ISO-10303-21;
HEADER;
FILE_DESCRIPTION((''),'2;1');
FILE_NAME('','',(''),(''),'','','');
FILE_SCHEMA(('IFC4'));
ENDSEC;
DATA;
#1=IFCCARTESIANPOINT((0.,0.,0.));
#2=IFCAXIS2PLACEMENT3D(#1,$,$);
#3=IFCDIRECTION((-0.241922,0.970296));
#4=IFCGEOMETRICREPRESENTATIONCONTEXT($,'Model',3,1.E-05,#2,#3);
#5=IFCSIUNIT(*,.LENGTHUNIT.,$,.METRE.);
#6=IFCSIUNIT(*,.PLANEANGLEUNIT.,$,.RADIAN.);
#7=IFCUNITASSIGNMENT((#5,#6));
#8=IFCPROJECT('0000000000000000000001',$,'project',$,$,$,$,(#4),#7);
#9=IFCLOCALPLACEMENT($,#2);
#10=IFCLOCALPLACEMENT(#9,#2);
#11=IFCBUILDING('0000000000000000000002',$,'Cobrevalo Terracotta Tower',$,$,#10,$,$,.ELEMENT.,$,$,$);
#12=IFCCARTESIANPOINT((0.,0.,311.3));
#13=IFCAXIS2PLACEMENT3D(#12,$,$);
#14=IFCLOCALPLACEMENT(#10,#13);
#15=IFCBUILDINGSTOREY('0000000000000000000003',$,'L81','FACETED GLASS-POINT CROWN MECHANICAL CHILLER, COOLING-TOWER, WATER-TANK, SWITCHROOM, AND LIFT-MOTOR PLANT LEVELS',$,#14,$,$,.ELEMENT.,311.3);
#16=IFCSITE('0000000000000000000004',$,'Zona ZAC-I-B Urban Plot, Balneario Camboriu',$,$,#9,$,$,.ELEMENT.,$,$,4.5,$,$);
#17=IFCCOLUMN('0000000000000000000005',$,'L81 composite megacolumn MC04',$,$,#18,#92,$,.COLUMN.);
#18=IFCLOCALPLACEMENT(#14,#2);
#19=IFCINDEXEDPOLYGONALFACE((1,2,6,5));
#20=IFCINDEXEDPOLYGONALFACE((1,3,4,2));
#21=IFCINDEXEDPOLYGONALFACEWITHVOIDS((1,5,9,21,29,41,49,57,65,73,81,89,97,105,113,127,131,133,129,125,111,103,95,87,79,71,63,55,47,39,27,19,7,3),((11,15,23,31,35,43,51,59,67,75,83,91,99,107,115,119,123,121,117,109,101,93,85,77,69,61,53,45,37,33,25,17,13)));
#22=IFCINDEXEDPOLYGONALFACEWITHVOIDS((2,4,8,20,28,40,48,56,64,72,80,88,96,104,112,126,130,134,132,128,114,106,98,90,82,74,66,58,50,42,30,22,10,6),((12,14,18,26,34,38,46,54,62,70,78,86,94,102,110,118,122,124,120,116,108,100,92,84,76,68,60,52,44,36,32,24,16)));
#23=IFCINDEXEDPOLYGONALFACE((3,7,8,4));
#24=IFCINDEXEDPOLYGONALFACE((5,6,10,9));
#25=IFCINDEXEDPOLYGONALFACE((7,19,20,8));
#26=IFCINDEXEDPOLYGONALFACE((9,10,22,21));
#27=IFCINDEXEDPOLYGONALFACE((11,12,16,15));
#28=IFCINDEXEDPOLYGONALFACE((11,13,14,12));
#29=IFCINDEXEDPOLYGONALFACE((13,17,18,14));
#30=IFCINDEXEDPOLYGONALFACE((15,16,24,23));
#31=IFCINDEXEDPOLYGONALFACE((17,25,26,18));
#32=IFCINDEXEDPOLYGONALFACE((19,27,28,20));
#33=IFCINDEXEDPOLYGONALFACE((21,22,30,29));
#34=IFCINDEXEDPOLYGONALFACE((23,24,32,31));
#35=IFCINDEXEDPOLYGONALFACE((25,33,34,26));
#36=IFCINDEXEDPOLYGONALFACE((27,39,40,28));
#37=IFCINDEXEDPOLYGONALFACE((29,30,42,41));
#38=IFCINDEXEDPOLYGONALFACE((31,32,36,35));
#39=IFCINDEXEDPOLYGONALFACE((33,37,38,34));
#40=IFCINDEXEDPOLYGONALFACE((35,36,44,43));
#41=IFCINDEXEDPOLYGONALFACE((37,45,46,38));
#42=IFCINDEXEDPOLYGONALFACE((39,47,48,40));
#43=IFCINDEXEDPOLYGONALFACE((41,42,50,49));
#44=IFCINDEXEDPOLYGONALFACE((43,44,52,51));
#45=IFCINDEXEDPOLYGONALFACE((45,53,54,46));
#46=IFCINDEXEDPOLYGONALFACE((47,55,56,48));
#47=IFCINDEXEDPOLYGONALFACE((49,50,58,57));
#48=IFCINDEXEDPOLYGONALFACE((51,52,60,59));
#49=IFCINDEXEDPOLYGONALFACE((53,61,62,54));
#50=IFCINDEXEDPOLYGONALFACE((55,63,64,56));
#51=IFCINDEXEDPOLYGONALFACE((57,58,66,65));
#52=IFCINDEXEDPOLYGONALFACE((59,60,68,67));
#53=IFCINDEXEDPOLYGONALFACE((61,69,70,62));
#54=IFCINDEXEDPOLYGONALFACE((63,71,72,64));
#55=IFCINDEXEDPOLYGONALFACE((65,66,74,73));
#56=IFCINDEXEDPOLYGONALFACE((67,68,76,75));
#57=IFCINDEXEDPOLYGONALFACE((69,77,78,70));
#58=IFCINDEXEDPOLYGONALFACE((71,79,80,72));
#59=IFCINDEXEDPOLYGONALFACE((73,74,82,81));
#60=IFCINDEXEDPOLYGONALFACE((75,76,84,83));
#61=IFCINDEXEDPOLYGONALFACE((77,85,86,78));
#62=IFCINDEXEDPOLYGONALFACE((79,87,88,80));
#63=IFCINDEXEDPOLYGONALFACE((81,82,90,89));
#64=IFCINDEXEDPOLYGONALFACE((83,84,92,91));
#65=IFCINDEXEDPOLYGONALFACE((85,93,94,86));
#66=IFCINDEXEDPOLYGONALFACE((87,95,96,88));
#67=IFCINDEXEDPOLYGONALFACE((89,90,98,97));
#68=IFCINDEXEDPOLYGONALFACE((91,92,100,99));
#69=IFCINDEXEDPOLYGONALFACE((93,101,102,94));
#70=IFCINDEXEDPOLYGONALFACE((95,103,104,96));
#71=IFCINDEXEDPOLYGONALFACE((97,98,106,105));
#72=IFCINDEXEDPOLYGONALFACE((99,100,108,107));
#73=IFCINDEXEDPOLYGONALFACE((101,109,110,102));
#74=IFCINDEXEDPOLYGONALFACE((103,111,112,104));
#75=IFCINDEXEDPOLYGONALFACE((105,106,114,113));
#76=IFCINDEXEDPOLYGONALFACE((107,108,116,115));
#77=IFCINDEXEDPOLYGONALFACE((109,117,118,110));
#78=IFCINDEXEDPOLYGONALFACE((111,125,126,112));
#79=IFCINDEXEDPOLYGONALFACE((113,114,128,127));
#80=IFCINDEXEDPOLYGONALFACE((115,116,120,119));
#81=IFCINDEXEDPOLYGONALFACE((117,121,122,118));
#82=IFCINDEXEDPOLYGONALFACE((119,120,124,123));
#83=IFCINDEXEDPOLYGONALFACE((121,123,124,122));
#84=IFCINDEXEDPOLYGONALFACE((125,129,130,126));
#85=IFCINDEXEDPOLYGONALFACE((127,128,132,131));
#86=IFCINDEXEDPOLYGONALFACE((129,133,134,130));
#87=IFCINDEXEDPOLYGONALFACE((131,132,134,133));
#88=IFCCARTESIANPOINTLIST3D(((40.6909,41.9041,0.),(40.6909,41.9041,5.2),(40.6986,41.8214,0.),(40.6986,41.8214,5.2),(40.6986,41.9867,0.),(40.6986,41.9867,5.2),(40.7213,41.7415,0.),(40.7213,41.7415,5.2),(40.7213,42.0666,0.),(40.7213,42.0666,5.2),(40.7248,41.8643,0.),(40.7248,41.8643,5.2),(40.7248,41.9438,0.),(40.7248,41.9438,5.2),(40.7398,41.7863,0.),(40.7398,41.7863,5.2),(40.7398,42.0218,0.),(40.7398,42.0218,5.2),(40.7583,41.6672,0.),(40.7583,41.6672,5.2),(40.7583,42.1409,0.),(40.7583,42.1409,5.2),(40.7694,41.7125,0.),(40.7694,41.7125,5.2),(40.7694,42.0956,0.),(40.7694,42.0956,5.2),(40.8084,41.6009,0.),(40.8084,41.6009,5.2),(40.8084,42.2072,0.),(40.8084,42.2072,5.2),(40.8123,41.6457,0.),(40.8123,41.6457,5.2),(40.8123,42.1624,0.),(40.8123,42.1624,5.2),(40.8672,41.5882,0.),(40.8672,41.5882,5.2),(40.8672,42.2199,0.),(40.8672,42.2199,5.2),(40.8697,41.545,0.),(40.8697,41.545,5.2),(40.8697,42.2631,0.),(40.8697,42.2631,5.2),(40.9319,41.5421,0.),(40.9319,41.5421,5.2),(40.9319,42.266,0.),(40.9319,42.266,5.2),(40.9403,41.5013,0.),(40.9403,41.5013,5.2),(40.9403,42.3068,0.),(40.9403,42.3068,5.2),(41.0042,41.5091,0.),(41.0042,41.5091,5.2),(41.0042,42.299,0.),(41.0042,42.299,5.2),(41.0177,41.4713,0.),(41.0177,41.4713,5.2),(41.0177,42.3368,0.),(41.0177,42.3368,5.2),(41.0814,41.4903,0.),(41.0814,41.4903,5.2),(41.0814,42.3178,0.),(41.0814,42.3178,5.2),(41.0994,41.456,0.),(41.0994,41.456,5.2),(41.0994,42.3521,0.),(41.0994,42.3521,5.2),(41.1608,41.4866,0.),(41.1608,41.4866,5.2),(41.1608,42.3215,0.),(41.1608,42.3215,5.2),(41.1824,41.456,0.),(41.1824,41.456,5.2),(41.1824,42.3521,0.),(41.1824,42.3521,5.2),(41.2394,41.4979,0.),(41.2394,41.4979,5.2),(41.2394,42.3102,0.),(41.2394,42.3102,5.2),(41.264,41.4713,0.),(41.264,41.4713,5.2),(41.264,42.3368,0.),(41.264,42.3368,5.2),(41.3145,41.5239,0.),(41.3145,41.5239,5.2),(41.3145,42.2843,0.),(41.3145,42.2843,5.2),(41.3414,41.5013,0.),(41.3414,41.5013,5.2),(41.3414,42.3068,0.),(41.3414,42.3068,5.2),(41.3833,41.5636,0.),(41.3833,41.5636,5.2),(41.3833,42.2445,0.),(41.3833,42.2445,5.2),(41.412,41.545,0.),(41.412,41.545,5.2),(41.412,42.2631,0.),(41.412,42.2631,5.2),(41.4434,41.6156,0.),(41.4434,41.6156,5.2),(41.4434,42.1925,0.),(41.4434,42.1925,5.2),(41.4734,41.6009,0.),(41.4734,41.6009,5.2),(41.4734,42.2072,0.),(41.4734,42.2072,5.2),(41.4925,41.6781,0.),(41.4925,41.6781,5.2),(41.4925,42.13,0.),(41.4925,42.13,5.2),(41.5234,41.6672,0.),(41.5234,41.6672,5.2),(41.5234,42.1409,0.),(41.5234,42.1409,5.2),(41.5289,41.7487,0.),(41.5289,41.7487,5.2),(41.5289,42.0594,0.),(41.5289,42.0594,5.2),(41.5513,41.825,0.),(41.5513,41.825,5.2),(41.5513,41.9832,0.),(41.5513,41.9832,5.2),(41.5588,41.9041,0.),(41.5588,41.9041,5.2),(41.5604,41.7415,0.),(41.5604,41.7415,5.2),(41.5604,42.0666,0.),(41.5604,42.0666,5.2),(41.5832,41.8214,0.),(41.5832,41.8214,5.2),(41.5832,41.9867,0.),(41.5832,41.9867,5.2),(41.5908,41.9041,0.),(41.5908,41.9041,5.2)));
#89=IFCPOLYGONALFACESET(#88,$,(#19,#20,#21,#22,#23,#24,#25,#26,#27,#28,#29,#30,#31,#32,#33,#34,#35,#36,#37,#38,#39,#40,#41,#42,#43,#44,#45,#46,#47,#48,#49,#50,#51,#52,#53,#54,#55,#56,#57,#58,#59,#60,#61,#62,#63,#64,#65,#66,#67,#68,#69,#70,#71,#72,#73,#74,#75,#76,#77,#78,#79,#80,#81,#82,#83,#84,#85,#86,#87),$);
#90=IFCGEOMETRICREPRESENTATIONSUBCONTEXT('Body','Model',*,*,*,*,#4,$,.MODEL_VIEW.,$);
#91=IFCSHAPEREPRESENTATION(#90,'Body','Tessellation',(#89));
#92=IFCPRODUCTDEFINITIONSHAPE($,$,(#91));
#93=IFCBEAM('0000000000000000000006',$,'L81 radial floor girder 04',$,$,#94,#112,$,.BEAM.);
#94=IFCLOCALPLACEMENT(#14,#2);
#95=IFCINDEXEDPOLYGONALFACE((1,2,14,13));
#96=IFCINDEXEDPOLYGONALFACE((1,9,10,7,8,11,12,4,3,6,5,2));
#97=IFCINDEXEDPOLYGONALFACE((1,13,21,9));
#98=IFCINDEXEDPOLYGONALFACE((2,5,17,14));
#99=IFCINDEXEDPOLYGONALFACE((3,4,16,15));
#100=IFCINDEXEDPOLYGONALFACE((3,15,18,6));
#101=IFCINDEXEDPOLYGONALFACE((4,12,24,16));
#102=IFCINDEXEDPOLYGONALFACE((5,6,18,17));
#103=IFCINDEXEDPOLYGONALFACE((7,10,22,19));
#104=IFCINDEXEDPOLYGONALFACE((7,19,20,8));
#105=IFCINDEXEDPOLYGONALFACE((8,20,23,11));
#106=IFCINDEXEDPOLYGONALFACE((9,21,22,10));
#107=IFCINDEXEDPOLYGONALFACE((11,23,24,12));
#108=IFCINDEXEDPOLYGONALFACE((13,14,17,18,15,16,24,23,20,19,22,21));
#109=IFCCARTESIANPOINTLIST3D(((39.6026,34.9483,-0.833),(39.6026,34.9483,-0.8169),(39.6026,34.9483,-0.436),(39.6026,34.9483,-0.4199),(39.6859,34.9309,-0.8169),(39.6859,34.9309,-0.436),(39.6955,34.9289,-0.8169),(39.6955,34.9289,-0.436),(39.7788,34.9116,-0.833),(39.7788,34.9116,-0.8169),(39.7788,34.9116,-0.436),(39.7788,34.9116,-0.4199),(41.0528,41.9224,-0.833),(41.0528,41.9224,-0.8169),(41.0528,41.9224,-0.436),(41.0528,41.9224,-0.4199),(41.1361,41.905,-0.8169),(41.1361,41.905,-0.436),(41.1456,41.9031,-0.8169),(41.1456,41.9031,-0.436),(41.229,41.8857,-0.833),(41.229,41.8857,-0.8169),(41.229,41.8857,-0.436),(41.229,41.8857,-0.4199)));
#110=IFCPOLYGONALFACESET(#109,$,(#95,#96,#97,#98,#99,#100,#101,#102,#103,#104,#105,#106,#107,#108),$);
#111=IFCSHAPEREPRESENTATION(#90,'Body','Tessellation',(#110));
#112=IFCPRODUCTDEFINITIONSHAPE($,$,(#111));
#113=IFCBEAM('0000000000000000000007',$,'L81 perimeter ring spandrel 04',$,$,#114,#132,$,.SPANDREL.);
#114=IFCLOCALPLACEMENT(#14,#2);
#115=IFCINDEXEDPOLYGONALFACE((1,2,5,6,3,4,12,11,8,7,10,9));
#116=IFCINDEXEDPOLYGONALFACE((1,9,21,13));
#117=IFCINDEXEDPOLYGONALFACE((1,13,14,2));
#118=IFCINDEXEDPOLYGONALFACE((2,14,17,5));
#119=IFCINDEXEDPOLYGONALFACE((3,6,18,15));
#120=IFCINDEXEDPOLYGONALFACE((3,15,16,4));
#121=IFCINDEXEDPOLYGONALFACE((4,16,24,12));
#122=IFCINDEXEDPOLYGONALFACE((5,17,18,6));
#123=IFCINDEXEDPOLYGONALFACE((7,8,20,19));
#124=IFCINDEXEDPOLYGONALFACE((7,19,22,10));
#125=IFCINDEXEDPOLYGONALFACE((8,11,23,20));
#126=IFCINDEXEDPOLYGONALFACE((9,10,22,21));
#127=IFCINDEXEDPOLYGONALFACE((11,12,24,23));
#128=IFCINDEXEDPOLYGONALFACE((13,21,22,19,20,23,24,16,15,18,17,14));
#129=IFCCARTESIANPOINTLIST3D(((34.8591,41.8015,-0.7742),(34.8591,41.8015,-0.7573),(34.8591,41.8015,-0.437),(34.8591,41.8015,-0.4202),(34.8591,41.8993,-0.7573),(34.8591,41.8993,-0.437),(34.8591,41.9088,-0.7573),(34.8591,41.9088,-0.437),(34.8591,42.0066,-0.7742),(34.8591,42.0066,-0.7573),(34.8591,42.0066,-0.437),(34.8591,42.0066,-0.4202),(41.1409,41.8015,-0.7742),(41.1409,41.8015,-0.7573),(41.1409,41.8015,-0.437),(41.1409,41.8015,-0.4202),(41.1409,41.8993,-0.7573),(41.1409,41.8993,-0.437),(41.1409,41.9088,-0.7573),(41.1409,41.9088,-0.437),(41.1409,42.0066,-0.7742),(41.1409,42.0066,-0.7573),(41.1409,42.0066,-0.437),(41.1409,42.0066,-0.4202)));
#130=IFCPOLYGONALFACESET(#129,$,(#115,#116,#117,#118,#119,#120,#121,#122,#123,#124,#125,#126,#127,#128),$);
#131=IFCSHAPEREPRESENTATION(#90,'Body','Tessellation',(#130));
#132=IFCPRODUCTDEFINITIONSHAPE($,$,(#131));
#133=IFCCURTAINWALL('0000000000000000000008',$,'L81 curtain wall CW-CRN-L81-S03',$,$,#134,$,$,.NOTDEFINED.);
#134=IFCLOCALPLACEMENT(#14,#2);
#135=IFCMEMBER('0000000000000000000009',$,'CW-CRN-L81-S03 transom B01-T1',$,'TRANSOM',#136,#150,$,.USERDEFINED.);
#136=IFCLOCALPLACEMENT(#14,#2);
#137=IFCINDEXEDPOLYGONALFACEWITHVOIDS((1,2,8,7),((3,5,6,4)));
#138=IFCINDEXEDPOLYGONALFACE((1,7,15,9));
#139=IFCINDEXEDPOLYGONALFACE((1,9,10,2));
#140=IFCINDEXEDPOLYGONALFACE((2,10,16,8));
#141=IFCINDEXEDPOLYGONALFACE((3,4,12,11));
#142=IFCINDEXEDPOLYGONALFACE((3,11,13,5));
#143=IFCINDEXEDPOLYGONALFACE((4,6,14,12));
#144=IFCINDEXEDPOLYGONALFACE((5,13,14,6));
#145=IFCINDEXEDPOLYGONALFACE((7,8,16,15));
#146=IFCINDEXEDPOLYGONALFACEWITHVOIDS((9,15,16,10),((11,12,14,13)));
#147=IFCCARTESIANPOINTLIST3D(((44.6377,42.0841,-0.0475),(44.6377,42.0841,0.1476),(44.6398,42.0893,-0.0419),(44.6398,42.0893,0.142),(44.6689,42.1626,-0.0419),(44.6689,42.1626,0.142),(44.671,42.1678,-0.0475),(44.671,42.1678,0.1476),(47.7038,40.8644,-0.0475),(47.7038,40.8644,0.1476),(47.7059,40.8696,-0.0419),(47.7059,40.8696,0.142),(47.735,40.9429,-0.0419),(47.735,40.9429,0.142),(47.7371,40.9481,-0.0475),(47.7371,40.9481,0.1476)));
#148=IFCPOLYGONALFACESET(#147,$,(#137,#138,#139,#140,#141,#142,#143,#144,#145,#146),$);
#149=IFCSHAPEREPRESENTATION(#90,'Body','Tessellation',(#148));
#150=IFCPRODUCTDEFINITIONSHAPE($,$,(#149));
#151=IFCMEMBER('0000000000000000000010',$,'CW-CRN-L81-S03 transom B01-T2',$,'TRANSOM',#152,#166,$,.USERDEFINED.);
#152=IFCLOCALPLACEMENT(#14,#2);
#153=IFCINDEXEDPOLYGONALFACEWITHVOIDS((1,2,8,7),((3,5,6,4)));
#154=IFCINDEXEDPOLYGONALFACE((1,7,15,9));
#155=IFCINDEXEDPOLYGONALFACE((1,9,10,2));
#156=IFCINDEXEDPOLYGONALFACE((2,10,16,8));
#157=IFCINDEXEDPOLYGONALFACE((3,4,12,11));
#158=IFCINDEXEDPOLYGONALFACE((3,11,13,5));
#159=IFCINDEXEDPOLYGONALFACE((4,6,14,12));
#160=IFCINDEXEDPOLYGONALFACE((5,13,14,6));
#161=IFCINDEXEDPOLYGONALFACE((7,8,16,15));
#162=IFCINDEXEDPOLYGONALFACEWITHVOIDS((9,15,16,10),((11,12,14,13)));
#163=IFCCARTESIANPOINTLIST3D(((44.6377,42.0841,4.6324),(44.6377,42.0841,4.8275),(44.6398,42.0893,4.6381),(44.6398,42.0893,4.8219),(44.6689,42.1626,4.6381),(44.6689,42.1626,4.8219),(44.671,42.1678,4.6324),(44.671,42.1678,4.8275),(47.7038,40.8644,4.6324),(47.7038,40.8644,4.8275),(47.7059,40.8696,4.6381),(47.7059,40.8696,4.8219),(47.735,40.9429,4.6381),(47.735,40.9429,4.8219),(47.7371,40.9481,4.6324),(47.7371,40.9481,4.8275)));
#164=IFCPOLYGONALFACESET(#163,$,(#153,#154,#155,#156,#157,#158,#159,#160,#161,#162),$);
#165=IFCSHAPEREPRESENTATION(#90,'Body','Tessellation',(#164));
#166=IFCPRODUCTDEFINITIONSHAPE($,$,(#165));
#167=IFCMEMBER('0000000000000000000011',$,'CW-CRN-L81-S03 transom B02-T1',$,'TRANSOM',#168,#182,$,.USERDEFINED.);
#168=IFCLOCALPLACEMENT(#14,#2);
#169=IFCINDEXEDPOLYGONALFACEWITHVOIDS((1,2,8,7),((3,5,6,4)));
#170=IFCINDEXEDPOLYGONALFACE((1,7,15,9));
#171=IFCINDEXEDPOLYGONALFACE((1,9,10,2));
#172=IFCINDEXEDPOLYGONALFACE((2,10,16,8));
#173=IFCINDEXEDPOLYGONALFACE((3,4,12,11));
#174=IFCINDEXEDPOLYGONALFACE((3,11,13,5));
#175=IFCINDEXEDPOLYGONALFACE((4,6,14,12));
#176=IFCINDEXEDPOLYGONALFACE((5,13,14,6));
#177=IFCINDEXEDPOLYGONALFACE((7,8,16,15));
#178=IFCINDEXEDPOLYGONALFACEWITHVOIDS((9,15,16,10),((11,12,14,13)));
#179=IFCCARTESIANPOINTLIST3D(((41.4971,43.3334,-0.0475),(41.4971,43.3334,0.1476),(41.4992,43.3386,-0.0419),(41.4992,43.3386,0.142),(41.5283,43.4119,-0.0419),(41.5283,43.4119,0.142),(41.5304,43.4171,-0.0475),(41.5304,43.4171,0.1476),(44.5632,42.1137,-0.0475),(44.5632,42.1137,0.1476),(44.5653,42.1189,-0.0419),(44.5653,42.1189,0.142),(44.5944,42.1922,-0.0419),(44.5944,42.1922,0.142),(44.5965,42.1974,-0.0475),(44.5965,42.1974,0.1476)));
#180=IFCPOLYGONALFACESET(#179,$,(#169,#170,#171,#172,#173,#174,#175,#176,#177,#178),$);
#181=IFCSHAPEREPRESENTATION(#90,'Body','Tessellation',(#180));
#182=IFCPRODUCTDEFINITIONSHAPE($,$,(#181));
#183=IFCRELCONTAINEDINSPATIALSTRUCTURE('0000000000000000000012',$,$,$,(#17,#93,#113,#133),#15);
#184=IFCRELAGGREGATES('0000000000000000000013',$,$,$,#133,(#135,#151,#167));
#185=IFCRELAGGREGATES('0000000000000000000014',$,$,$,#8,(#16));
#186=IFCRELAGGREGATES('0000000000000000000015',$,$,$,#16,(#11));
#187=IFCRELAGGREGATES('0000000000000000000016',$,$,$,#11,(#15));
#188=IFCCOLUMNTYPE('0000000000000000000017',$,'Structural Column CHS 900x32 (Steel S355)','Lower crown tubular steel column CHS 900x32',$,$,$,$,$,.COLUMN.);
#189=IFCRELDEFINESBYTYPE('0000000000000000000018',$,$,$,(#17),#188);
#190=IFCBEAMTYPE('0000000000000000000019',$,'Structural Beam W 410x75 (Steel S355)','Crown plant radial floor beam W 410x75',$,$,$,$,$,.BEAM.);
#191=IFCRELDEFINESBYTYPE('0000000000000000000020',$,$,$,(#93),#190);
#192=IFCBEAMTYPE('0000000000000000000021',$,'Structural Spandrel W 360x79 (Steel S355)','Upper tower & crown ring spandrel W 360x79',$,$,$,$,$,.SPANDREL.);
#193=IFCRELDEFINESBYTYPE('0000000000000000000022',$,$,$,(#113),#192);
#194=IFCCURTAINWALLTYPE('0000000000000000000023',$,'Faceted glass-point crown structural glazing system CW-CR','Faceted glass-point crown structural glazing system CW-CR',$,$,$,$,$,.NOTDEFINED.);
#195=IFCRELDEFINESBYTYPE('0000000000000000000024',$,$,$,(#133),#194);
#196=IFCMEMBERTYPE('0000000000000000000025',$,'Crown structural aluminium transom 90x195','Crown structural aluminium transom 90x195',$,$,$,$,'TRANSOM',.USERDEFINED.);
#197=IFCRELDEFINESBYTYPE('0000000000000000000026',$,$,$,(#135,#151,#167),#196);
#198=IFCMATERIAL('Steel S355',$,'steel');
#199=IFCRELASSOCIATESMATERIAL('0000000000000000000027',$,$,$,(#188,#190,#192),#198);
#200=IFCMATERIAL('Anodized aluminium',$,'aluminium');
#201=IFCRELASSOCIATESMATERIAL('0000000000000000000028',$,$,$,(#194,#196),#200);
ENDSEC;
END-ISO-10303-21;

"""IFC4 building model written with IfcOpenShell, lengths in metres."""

from ifc_helpers import new_model, si_unit, direction, frame, origin, origin_2d, place, context, subcontext, project, spatial, hollow_rectangle, hollow_circle, i_section, extrude, source, transform, mapped, material, material_profile, profile_set, type_object, element, aggregate, save


model = new_model("IFC4")

# Units and contexts
model_context = context("Model", 3, precision=1e-05, world=origin(), true_north=direction((-0.241922, 0.970296)))
body_context = subcontext(model_context, "Body", "Model", "MODEL_VIEW")
ifc_project = project(units=[si_unit("LENGTHUNIT", "METRE"), si_unit("PLANEANGLEUNIT", "RADIAN")], contexts=[model_context])

# Site, building, storey
site_placement = place(None, origin())
site = spatial("IfcSite", under=ifc_project, at=site_placement, Name="Zona ZAC-I-B Urban Plot, Balneario Camboriu", CompositionType="ELEMENT", RefElevation=4.5)
building_placement = place(site_placement, origin())
building = spatial("IfcBuilding", under=site, at=building_placement, Name="Cobrevalo Terracotta Tower", CompositionType="ELEMENT")
storey_placement = place(building_placement, frame((0.0, 0.0, 311.3)))
storey = spatial("IfcBuildingStorey", under=building, at=storey_placement, Name="L81", Description="FACETED GLASS-POINT CROWN MECHANICAL CHILLER, COOLING-TOWER, WATER-TANK, SWITCHROOM, AND LIFT-MOTOR PLANT LEVELS", CompositionType="ELEMENT", Elevation=311.3)

# Column
ifc_material_1 = material(Name="Steel S355", Category="steel")
ifc_material_profile_1 = material_profile(ifc_material_1, hollow_circle(Radius=0.45, WallThickness=0.032, at=origin_2d()), Name="CHS 900x32")
ifc_profile_set_1 = profile_set([ifc_material_profile_1], Name="Steel S355")
column_type = type_object("IfcColumnType", Name="Structural Column CHS 900x32 (Steel S355)", Description="Lower crown tubular steel column CHS 900x32", PredefinedType="COLUMN", material=ifc_profile_set_1)
column_placement = place(storey_placement, frame((41.1409, 41.9041, 0.0), z_axis=(0.0, 0.0, 1.0), x_axis=(1.0, 0.0, 0.0)))
element("IfcColumn", 1, at=column_placement, inside=storey, type_object=column_type, Name="L81 composite megacolumn MC04", PredefinedType="COLUMN", context=body_context, shape_type="SweptSolid", body=[
    extrude(hollow_circle(Radius=0.45, WallThickness=0.032, at=origin_2d()), origin(), (0.0, 0.0, 1.0), 5.2),
])

# Beams
ifc_material_profile_2 = material_profile(ifc_material_1, i_section(OverallWidth=0.1799, OverallDepth=0.4131, WebThickness=0.0098, FlangeThickness=0.0161, at=origin_2d()), Name="W 410x75")
ifc_profile_set_2 = profile_set([ifc_material_profile_2], Name="Steel S355")
beam_type_1 = type_object("IfcBeamType", Name="Structural Beam W 410x75 (Steel S355)", Description="Crown plant radial floor beam W 410x75", PredefinedType="BEAM", material=ifc_profile_set_2)
beam_1_placement = place(storey_placement, frame((41.1409, 41.9041, -0.6265), z_axis=(-0.203585, -0.979057, 0.0), x_axis=(0.979057, -0.203585, 0.0)))
element("IfcBeam", 2, at=beam_1_placement, inside=storey, type_object=beam_type_1, Name="L81 radial floor girder 04", PredefinedType="BEAM", context=body_context, shape_type="SweptSolid", body=[
    extrude(i_section(OverallWidth=0.1799, OverallDepth=0.4131, WebThickness=0.0098, FlangeThickness=0.0161, at=origin_2d()), origin(), (0.0, 0.0, 1.0), 7.1233),
])
ifc_material_profile_3 = material_profile(ifc_material_1, i_section(OverallWidth=0.2051, OverallDepth=0.354, WebThickness=0.0095, FlangeThickness=0.0168, at=origin_2d()), Name="W 360x79")
ifc_profile_set_3 = profile_set([ifc_material_profile_3], Name="Steel S355")
beam_type_2 = type_object("IfcBeamType", Name="Structural Spandrel W 360x79 (Steel S355)", Description="Upper tower & crown ring spandrel W 360x79", PredefinedType="SPANDREL", material=ifc_profile_set_3)
beam_2_placement = place(storey_placement, frame((41.1409, 41.9041, -0.5972), z_axis=(-1.0, 0.0, 0.0), x_axis=(0.0, -1.0, 0.0)))
element("IfcBeam", 3, at=beam_2_placement, inside=storey, type_object=beam_type_2, Name="L81 perimeter ring spandrel 04", PredefinedType="SPANDREL", context=body_context, shape_type="SweptSolid", body=[
    extrude(i_section(OverallWidth=0.2051, OverallDepth=0.354, WebThickness=0.0095, FlangeThickness=0.0168, at=origin_2d()), origin(), (0.0, 0.0, 1.0), 6.2817),
])

# Curtain wall, members
ifc_material_2 = material(Name="Anodized aluminium", Category="aluminium")
curtain_wall_type = type_object("IfcCurtainWallType", Name="Faceted glass-point crown structural glazing system CW-CR", Description="Faceted glass-point crown structural glazing system CW-CR", PredefinedType="NOTDEFINED", material=ifc_material_2)
curtain_wall_1_placement = place(storey_placement, origin())
curtain_wall_1 = element("IfcCurtainWall", 4, at=curtain_wall_1_placement, inside=storey, type_object=curtain_wall_type, Name="L81 curtain wall CW-CRN-L81-S03", PredefinedType="NOTDEFINED")
ifc_material_profile_4 = material_profile(ifc_material_2, hollow_rectangle(XDim=0.0901, YDim=0.1951, WallThickness=0.0056, at=origin_2d()), Name="CWT 90x195")
ifc_profile_set_4 = profile_set([ifc_material_profile_4], Name="Anodized aluminium")
member_type_1 = type_object("IfcMemberType", Name="Crown structural aluminium transom 90x195", Description="Crown structural aluminium transom 90x195", ElementType="TRANSOM", PredefinedType="USERDEFINED", material=ifc_profile_set_4)
shared_shape_1 = source(origin(), body_context, "Body", "SweptSolid", [
    extrude(hollow_rectangle(XDim=0.0901, YDim=0.1951, WallThickness=0.0056, at=origin_2d()), origin(), (0.0, 0.0, 1.0), 3.2998),
])
member_1_placement = place(storey_placement, frame((47.7205, 40.9062, 0.05), z_axis=(-0.929179, 0.36963, 0.0), x_axis=(-0.36963, -0.929179, 0.0)))
member_1 = element("IfcMember", 5, at=member_1_placement, type_object=member_type_1, Name="CW-CRN-L81-S03 transom B01-T1", ObjectType="TRANSOM", PredefinedType="USERDEFINED", context=body_context, shape_type="MappedRepresentation", body=[
    mapped(shared_shape_1, transform((0.0, 0.0, 0.0), scale=1.0)),
])
member_2_placement = place(storey_placement, frame((47.7205, 40.9062, 4.73), z_axis=(-0.929179, 0.36963, 0.0), x_axis=(-0.36963, -0.929179, 0.0)))
member_2 = element("IfcMember", 6, at=member_2_placement, type_object=member_type_1, Name="CW-CRN-L81-S03 transom B01-T2", ObjectType="TRANSOM", PredefinedType="USERDEFINED", context=body_context, shape_type="MappedRepresentation", body=[
    mapped(shared_shape_1, transform((0.0, 0.0, 0.0), scale=1.0)),
])
member_3_placement = place(storey_placement, frame((44.5798, 42.1555, 0.05), z_axis=(-0.929179, 0.36963, 0.0), x_axis=(-0.36963, -0.929179, 0.0)))
member_3 = element("IfcMember", 7, at=member_3_placement, type_object=member_type_1, Name="CW-CRN-L81-S03 transom B02-T1", ObjectType="TRANSOM", PredefinedType="USERDEFINED", context=body_context, shape_type="MappedRepresentation", body=[
    mapped(shared_shape_1, transform((0.0, 0.0, 0.0), scale=1.0)),
])

aggregate(curtain_wall_1, [member_1, member_2, member_3])

save(model, "model.ifc")
